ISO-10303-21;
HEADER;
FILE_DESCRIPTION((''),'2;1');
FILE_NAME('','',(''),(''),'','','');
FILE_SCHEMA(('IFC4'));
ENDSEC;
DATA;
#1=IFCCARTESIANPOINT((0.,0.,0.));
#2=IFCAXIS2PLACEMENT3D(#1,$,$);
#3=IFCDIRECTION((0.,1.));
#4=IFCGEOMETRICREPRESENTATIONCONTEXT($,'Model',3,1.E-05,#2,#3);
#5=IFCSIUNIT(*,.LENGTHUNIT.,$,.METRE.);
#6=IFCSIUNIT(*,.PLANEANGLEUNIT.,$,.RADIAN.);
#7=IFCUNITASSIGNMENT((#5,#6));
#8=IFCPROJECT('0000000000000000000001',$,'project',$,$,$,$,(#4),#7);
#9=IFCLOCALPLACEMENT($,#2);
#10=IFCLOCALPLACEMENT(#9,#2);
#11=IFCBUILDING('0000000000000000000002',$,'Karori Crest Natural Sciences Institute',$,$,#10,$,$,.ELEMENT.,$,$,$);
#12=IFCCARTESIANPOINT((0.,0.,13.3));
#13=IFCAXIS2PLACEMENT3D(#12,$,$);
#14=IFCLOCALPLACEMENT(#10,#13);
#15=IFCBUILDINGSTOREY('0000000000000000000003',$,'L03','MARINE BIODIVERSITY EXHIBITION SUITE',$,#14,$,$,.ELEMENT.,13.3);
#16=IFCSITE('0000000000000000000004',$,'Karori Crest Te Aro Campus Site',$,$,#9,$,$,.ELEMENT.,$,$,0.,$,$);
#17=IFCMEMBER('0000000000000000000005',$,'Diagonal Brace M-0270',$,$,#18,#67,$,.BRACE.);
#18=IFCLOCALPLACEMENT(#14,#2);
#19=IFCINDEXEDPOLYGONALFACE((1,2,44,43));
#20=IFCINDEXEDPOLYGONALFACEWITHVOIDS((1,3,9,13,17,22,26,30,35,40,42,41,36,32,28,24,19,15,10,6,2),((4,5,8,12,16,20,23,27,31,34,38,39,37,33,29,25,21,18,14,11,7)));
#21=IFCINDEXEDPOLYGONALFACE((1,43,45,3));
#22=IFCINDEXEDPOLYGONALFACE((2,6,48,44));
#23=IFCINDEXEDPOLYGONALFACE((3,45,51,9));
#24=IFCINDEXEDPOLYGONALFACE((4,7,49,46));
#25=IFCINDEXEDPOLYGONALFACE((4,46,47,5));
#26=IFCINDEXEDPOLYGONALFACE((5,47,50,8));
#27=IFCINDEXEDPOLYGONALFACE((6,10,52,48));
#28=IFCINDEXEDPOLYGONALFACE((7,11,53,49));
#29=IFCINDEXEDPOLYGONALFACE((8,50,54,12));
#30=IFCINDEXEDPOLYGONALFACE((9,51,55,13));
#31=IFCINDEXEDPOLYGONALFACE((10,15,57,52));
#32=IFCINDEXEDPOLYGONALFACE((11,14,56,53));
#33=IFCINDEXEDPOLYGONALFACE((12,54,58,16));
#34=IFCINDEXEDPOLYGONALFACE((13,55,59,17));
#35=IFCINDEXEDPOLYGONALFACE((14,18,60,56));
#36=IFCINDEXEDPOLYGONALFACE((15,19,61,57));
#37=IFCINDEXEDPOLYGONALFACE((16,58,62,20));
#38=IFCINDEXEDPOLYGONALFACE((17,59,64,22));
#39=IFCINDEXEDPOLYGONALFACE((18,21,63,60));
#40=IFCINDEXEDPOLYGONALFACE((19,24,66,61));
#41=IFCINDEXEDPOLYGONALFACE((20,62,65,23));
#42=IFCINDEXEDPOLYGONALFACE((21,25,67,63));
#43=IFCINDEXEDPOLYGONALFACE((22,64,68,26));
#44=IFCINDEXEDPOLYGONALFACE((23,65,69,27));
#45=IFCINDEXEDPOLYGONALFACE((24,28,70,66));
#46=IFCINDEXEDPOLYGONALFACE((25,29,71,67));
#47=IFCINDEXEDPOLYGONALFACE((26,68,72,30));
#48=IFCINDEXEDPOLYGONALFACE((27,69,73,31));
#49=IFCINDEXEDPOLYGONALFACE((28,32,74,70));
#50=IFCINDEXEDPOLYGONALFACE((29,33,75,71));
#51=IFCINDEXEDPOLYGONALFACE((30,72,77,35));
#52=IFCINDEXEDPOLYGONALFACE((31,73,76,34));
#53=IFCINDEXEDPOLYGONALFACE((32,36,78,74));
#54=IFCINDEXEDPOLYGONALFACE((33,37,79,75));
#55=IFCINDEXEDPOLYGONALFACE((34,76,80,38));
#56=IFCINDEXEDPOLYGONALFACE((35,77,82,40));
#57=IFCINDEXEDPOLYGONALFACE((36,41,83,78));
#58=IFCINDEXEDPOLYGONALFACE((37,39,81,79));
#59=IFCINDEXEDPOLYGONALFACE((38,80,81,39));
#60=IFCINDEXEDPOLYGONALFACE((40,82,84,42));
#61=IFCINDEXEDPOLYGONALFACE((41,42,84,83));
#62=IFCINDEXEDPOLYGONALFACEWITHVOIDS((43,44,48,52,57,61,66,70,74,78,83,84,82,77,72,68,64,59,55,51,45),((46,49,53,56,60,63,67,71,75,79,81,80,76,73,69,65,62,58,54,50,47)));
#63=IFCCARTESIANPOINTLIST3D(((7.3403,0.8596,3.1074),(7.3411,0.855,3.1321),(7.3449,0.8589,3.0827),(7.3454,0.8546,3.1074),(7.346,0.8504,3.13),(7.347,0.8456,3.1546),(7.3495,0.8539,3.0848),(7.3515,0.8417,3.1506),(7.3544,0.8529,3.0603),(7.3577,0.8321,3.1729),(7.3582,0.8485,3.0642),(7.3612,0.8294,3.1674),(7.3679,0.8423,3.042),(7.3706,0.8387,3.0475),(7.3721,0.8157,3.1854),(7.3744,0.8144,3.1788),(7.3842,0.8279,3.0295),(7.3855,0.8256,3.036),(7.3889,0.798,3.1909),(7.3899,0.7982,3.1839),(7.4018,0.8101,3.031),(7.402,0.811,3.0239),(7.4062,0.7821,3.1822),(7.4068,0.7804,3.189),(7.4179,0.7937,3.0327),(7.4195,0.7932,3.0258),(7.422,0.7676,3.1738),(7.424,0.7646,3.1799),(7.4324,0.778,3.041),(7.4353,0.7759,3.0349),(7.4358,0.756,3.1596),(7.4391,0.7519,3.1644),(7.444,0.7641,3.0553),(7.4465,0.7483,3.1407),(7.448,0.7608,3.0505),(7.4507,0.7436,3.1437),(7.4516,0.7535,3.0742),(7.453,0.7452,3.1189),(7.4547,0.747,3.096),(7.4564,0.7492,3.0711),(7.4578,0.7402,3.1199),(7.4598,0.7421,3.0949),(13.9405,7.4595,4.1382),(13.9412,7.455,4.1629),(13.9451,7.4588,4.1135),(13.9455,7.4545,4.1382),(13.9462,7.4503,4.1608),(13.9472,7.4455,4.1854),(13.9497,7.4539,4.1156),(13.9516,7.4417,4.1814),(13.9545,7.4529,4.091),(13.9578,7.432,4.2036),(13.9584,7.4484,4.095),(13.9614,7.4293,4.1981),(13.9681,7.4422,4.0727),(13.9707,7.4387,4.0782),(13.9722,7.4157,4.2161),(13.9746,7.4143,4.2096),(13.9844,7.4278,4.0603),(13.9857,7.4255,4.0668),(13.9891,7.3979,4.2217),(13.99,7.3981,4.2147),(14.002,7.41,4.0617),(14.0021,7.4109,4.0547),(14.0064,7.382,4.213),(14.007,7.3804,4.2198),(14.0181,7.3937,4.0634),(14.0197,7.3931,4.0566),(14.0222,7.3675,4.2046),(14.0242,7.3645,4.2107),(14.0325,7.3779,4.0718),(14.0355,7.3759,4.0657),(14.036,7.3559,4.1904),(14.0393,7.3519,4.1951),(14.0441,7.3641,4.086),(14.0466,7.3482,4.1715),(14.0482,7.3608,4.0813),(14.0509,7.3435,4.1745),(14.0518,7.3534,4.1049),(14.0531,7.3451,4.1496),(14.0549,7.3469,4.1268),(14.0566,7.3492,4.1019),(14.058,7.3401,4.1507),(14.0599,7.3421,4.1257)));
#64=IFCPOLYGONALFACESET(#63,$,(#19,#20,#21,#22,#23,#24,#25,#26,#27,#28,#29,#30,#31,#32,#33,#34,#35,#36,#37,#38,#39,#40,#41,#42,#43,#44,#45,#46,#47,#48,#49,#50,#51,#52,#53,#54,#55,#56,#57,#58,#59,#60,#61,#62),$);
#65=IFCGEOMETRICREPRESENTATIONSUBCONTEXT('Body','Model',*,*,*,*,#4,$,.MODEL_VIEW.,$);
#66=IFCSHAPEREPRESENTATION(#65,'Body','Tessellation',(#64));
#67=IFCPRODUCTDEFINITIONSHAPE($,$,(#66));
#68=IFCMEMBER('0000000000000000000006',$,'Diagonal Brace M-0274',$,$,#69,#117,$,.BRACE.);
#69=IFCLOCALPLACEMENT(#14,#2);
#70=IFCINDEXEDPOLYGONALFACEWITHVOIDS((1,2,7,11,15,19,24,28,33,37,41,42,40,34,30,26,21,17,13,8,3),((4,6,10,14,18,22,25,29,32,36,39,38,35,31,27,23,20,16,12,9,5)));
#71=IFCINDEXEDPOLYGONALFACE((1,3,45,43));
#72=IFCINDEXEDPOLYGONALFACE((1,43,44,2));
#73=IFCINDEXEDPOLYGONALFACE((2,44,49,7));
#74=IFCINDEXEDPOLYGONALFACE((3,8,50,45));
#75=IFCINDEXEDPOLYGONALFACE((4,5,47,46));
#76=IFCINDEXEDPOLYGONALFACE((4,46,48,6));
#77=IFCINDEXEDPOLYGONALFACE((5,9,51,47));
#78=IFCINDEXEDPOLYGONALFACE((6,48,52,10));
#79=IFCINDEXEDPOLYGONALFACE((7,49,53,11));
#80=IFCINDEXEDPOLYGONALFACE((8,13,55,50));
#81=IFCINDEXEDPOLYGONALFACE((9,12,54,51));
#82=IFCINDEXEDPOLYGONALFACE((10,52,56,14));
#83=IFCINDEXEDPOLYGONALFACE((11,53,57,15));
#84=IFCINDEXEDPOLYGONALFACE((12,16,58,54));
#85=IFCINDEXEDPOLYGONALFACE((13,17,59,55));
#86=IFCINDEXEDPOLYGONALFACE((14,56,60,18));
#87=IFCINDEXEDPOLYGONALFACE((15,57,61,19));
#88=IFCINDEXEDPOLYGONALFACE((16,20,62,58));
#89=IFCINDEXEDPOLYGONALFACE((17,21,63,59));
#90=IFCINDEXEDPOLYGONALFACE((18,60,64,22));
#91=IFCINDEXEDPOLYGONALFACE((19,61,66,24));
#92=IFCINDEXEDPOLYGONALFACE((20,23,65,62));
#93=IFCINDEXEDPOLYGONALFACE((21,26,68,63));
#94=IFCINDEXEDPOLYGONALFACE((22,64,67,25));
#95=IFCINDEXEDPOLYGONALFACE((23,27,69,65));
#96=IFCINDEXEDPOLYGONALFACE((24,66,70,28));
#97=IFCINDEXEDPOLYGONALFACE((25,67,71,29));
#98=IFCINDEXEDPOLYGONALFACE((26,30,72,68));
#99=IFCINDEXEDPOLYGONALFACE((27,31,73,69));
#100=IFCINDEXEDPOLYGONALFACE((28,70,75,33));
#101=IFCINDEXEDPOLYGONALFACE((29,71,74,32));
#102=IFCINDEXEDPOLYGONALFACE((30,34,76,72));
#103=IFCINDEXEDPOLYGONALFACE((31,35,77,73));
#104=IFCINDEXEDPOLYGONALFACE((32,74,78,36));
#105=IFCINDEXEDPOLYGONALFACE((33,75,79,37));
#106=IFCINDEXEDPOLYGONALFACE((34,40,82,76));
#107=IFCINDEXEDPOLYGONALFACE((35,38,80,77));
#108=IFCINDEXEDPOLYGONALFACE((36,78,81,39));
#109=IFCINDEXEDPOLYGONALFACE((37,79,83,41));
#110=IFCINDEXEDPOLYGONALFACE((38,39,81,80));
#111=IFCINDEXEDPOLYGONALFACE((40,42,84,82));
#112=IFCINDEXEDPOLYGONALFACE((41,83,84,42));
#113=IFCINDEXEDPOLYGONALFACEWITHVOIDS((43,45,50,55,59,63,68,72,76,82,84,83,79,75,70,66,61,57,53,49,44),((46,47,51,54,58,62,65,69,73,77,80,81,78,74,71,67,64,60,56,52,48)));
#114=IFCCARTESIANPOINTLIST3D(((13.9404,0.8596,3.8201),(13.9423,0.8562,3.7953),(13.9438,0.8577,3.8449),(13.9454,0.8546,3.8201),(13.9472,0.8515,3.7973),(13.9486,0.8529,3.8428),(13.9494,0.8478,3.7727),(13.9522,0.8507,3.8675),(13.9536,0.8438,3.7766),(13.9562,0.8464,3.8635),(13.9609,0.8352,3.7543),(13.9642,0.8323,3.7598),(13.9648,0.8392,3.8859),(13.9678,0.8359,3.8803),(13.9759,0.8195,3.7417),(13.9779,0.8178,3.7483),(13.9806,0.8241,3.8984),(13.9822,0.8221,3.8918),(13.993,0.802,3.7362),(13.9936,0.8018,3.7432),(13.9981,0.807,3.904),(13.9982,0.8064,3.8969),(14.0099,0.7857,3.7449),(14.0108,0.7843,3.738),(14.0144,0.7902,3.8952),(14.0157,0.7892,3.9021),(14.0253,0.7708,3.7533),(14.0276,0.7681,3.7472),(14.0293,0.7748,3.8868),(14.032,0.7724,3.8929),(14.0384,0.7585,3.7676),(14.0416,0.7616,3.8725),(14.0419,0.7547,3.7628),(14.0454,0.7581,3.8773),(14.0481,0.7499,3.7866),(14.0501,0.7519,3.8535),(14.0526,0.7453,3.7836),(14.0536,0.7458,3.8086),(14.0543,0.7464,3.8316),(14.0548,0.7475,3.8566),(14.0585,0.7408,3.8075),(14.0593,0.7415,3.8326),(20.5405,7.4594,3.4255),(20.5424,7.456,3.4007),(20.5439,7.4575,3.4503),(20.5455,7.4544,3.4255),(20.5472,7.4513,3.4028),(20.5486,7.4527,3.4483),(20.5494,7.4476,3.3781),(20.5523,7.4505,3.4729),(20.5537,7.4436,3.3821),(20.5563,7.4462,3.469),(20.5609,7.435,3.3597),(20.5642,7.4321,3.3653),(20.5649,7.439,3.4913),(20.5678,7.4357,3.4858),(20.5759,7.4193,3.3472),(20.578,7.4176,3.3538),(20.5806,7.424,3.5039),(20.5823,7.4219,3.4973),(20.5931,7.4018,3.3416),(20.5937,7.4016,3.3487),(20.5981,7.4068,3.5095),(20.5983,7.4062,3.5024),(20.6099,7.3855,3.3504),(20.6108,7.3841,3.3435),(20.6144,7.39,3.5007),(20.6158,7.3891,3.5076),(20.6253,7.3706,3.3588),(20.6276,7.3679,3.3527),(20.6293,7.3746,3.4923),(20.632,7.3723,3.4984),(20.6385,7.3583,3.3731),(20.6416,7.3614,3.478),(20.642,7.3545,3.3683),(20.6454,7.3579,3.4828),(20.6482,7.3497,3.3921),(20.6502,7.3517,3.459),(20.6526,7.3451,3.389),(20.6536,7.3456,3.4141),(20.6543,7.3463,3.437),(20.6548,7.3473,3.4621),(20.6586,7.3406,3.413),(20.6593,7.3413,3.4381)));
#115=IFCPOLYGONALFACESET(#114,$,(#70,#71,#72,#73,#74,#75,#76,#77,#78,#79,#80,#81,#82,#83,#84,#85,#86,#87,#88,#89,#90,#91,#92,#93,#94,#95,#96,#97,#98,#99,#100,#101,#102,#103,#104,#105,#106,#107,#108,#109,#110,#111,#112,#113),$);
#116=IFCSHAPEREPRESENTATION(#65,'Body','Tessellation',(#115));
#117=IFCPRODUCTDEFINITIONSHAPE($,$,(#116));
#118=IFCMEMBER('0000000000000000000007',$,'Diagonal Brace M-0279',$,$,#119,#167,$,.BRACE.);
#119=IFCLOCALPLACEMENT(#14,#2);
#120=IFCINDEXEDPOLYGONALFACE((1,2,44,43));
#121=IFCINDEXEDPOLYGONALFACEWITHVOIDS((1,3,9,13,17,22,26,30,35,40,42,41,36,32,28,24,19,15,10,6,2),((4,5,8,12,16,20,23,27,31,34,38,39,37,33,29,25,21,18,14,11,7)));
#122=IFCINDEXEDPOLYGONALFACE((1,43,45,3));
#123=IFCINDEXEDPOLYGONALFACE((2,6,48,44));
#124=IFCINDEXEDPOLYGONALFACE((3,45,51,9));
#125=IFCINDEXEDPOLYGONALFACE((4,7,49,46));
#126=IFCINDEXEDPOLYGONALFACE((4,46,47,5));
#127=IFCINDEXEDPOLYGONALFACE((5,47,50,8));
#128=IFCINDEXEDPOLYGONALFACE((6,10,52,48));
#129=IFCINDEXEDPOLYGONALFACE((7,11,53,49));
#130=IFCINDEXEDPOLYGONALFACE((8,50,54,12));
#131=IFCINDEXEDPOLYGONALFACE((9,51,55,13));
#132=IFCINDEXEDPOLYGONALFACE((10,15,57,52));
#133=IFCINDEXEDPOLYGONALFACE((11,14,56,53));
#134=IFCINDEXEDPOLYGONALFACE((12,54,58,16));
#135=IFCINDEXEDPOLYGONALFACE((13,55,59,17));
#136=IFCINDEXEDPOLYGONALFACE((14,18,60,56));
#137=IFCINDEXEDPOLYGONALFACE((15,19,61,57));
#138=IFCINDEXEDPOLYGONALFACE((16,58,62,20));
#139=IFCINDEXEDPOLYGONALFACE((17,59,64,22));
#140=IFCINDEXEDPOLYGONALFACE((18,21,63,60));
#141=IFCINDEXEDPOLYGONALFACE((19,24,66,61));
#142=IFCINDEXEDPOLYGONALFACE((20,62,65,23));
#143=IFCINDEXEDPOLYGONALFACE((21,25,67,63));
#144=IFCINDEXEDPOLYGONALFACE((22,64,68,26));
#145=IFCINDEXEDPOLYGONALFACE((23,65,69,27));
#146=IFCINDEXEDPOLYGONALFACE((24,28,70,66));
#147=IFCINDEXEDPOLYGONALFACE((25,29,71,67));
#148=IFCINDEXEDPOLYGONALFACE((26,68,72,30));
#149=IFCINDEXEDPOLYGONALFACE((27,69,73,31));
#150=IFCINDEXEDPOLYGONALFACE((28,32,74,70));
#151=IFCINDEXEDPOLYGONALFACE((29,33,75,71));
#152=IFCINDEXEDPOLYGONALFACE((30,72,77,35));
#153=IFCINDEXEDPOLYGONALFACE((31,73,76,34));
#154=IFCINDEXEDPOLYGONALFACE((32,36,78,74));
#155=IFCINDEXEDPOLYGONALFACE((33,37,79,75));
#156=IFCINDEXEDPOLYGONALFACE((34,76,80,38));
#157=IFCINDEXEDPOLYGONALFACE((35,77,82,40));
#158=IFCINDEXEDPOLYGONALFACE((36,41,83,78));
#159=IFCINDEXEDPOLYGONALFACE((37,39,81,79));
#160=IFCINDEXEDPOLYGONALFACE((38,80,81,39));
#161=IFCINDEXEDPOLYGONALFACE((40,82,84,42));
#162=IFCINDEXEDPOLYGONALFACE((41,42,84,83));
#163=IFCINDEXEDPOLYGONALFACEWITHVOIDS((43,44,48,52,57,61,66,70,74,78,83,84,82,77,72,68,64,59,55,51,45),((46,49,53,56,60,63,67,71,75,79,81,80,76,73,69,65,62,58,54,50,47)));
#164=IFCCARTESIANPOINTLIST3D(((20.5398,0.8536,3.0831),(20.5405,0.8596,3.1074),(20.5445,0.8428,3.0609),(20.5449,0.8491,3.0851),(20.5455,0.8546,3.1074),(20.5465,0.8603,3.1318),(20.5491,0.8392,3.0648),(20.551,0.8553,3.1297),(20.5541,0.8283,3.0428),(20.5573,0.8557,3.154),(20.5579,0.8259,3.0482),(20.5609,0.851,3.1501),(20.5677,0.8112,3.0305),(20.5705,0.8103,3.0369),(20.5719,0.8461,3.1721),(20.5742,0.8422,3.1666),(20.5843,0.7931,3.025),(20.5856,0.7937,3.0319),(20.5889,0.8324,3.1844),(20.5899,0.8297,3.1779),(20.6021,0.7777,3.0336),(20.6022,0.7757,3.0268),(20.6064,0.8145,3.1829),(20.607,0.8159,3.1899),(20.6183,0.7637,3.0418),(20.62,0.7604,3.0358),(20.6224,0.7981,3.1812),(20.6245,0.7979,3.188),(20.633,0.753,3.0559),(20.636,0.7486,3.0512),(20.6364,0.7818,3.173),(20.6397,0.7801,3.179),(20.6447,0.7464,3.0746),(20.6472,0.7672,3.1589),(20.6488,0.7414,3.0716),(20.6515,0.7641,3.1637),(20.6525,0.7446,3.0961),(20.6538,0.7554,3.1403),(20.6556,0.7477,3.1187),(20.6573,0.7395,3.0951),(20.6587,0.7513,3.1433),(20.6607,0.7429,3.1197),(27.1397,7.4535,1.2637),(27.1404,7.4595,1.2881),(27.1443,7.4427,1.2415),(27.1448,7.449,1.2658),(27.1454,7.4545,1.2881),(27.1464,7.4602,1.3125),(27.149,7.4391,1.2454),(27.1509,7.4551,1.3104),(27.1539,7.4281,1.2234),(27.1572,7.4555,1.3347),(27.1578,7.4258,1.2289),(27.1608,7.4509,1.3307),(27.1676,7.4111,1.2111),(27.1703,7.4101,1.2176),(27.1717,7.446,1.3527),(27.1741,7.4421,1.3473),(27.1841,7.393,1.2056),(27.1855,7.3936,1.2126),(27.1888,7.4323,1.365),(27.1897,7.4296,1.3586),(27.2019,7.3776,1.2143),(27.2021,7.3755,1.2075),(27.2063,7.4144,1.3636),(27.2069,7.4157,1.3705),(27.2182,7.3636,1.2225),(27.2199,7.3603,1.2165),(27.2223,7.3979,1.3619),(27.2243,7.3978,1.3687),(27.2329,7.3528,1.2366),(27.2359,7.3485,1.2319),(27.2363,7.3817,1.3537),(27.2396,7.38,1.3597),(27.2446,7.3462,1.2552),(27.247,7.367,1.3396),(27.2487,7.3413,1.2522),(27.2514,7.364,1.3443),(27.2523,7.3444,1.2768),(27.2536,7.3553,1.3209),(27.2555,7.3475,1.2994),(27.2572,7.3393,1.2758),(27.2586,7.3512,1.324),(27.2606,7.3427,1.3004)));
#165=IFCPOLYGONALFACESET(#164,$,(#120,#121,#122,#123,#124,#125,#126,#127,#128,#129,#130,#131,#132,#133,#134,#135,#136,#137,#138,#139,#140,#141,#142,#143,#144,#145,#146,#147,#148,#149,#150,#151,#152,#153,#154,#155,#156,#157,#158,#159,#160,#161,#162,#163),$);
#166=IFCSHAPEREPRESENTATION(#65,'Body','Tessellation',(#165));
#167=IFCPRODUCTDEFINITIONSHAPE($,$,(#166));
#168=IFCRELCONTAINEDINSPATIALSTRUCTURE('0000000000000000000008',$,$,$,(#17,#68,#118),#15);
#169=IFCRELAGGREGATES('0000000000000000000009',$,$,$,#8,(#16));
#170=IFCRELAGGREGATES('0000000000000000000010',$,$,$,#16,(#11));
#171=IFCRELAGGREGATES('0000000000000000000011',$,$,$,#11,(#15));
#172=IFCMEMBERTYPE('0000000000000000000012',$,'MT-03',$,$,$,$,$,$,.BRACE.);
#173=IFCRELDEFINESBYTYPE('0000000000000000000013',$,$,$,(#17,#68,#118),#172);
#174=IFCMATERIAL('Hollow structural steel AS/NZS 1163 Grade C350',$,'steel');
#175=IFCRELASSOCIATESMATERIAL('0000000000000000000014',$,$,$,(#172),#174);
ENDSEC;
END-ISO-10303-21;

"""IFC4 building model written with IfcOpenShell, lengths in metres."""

from ifc_helpers import new_model, si_unit, direction, frame, origin, origin_2d, place, context, subcontext, project, spatial, hollow_circle, extrude, material, material_profile, profile_set, type_object, element, save


model = new_model("IFC4")

# Units and contexts
model_context = context("Model", 3, precision=1e-05, world=origin(), true_north=direction((0.0, 1.0)))
body_context = subcontext(model_context, "Body", "Model", "MODEL_VIEW")
ifc_project = project(units=[si_unit("LENGTHUNIT", "METRE"), si_unit("PLANEANGLEUNIT", "RADIAN")], contexts=[model_context])

# Site, building, storey
site_placement = place(None, origin())
site = spatial("IfcSite", under=ifc_project, at=site_placement, Name="Karori Crest Te Aro Campus Site", CompositionType="ELEMENT", RefElevation=0.0)
building_placement = place(site_placement, origin())
building = spatial("IfcBuilding", under=site, at=building_placement, Name="Karori Crest Natural Sciences Institute", CompositionType="ELEMENT")
storey_placement = place(building_placement, frame((0.0, 0.0, 13.3)))
storey = spatial("IfcBuildingStorey", under=building, at=storey_placement, Name="L03", Description="MARINE BIODIVERSITY EXHIBITION SUITE", CompositionType="ELEMENT", Elevation=13.3)

# Members
ifc_material_1 = material(Name="Hollow structural steel AS/NZS 1163 Grade C350", Category="steel")
ifc_material_profile_1 = material_profile(ifc_material_1, hollow_circle(Radius=0.0842, WallThickness=0.0071, at=origin_2d()), Name="CHS168.3x7.1")
ifc_profile_set_1 = profile_set([ifc_material_profile_1], Name="Hollow structural steel AS/NZS 1163 Grade C350")
member_type_1 = type_object("IfcMemberType", Name="MT-03", PredefinedType="BRACE", material=ifc_profile_set_1)
member_1_placement = place(storey_placement, frame((7.3999, 0.8, 3.1074), z_axis=(0.702847, 0.702821, 0.109766), x_axis=(-0.707094, 0.70712, 0.0)))
element("IfcMember", 1, at=member_1_placement, inside=storey, type_object=member_type_1, Name="Diagonal Brace M-0270", PredefinedType="BRACE", context=body_context, shape_type="SweptSolid", body=[
    extrude(hollow_circle(Radius=0.0842, WallThickness=0.0071, at=origin_2d()), origin(), (0.0, 0.0, 1.0), 9.3906),
])
member_2_placement = place(storey_placement, frame((14.0, 0.8, 3.8201), z_axis=(0.706489, 0.706463, -0.042231), x_axis=(-0.707094, 0.70712, 0.0)))
element("IfcMember", 2, at=member_2_placement, inside=storey, type_object=member_type_1, Name="Diagonal Brace M-0274", PredefinedType="BRACE", context=body_context, shape_type="SweptSolid", body=[
    extrude(hollow_circle(Radius=0.0842, WallThickness=0.0071, at=origin_2d()), origin(), (0.0, 0.0, 1.0), 9.342),
])
member_3_placement = place(storey_placement, frame((20.6001, 0.8, 3.1074), z_axis=(0.694045, 0.694045, -0.191322), x_axis=(-0.707107, 0.707107, 0.0)))
element("IfcMember", 3, at=member_3_placement, inside=storey, type_object=member_type_1, Name="Diagonal Brace M-0279", PredefinedType="BRACE", context=body_context, shape_type="SweptSolid", body=[
    extrude(hollow_circle(Radius=0.0842, WallThickness=0.0071, at=origin_2d()), origin(), (0.0, 0.0, 1.0), 9.5093),
])

save(model, "model.ifc")
